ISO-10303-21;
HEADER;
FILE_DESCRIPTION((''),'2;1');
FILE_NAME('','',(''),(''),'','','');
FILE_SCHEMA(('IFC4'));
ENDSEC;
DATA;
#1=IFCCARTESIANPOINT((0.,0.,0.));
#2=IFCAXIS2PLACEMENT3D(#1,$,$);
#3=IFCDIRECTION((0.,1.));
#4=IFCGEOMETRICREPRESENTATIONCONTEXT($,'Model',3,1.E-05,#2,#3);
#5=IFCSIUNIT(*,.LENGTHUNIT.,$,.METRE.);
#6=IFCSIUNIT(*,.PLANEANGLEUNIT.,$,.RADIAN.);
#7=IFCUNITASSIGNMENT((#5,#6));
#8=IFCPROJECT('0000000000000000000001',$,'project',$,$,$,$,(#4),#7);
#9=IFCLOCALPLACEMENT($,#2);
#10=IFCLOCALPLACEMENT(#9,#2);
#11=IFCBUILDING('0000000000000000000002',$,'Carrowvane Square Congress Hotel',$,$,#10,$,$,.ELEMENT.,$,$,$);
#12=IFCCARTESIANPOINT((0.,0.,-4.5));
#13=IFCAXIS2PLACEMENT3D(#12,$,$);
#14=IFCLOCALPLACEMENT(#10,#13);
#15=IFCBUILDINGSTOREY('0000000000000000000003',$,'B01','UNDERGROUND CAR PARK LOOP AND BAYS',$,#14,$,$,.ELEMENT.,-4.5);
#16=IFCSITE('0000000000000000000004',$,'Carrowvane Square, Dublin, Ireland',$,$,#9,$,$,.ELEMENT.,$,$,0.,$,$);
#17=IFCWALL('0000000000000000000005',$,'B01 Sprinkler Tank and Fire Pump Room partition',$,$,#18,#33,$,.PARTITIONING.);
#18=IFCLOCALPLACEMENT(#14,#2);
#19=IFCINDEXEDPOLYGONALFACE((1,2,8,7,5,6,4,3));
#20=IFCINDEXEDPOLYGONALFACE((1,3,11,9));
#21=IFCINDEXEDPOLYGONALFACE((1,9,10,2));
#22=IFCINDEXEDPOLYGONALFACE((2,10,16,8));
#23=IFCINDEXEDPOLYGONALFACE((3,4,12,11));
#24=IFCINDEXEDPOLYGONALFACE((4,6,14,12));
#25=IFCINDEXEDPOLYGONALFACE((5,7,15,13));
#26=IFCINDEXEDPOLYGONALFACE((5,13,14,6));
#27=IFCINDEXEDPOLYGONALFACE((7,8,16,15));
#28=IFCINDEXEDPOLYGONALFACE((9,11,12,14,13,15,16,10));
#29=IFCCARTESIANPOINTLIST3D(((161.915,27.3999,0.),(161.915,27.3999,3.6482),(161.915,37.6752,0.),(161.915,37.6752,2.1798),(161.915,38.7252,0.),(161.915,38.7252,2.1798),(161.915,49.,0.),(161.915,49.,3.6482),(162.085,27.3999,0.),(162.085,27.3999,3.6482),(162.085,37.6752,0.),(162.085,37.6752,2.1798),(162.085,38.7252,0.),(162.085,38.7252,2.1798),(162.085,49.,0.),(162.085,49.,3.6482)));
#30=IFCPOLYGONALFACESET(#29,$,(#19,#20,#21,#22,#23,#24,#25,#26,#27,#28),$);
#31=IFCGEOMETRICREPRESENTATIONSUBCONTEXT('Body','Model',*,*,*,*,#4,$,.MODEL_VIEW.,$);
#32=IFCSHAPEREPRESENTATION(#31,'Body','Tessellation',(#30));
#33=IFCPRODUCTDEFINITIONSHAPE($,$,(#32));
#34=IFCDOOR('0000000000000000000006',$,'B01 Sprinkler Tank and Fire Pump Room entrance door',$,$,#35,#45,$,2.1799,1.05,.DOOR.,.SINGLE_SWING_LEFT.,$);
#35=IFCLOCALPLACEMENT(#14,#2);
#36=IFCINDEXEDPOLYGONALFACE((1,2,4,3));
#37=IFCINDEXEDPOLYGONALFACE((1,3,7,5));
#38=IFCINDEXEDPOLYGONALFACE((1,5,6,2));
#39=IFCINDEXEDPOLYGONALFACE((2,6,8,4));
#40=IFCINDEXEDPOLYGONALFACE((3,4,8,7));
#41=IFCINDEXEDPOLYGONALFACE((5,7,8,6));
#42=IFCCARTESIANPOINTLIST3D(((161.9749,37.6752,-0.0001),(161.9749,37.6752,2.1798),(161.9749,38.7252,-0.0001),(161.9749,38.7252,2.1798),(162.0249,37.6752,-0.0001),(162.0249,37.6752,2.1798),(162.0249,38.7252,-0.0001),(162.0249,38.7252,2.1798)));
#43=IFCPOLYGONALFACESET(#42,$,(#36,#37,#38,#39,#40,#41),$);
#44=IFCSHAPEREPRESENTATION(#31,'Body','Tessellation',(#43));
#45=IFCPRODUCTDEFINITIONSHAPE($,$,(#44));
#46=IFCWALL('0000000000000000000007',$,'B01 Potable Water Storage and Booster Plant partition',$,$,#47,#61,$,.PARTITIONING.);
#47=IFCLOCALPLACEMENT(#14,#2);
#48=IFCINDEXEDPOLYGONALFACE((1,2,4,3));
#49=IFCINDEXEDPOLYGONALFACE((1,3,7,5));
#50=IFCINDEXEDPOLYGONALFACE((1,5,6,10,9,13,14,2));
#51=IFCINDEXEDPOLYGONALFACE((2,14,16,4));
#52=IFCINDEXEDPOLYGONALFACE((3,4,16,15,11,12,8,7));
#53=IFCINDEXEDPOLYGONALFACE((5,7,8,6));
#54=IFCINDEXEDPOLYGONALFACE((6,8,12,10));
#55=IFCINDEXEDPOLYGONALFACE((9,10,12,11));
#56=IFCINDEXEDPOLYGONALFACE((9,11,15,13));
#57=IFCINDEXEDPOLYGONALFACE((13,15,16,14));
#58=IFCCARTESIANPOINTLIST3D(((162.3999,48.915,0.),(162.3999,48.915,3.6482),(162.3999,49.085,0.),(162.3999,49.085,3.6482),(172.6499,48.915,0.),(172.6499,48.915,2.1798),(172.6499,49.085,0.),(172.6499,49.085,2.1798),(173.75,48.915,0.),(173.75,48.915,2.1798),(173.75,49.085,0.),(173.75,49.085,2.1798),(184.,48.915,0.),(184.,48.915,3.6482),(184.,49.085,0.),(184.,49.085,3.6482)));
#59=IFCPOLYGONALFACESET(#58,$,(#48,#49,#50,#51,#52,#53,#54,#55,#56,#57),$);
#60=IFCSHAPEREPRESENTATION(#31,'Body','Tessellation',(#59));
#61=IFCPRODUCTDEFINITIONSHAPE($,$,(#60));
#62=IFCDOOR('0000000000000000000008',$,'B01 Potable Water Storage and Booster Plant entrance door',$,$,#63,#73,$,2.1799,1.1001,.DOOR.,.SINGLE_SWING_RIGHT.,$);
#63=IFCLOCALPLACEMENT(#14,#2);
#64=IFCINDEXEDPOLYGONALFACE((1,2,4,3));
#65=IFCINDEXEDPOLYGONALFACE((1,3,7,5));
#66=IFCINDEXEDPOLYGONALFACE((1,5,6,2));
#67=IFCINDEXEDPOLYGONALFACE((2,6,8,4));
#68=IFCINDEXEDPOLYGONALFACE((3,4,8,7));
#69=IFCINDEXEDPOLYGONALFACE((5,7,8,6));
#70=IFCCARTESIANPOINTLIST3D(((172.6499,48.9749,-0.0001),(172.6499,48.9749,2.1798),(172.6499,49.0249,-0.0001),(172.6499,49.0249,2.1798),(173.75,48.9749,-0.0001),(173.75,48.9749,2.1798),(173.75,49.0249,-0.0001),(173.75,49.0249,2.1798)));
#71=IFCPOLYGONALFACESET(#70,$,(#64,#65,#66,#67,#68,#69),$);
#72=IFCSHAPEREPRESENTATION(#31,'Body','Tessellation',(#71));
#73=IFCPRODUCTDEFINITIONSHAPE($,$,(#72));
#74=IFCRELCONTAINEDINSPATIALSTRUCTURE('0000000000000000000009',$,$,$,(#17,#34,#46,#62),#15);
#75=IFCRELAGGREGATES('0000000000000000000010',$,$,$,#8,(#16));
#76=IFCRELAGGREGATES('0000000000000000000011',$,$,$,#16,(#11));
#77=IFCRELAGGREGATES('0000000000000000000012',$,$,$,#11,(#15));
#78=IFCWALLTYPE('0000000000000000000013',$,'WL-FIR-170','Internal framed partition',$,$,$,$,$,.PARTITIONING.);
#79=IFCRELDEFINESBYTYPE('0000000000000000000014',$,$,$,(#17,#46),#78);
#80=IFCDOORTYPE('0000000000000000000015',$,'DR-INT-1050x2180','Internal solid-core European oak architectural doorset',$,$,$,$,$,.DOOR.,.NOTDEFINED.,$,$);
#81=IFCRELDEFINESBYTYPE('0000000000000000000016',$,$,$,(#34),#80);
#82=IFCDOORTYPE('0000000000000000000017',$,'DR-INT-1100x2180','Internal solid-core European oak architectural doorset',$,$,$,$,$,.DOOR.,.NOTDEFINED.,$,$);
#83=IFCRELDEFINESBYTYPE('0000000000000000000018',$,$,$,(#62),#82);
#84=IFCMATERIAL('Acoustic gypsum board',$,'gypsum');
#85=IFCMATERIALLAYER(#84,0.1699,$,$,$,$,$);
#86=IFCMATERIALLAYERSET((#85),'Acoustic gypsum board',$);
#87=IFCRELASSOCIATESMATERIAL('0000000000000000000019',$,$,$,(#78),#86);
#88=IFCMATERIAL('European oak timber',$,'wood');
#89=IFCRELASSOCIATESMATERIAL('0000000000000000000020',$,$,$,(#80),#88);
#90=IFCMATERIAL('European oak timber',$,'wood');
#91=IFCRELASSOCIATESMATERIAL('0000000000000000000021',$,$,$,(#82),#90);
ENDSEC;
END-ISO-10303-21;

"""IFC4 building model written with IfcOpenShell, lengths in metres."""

from ifc_helpers import new_model, si_unit, direction, frame, frame_2d, origin, place, context, subcontext, project, spatial, rectangle, extrude, material, layer, layer_set, type_object, element, fill, save


model = new_model("IFC4")

# Units and contexts
model_context = context("Model", 3, precision=1e-05, world=origin(), true_north=direction((0.0, 1.0)))
body_context = subcontext(model_context, "Body", "Model", "MODEL_VIEW")
ifc_project = project(units=[si_unit("LENGTHUNIT", "METRE"), si_unit("PLANEANGLEUNIT", "RADIAN")], contexts=[model_context])

# Site, building, storey
site_placement = place(None, origin())
site = spatial("IfcSite", under=ifc_project, at=site_placement, Name="Carrowvane Square, Dublin, Ireland", CompositionType="ELEMENT", RefElevation=0.0)
building_placement = place(site_placement, origin())
building = spatial("IfcBuilding", under=site, at=building_placement, Name="Carrowvane Square Congress Hotel", CompositionType="ELEMENT")
storey_placement = place(building_placement, frame((0.0, 0.0, -4.5)))
storey = spatial("IfcBuildingStorey", under=building, at=storey_placement, Name="B01", Description="UNDERGROUND CAR PARK LOOP AND BAYS", CompositionType="ELEMENT", Elevation=-4.5)

# Walls, openings, doors
ifc_material_1 = material(Name="Acoustic gypsum board", Category="gypsum")
ifc_layer = layer(ifc_material_1, 0.1699)
ifc_layer_set = layer_set([ifc_layer], Name="Acoustic gypsum board")
wall_type = type_object("IfcWallType", Name="WL-FIR-170", Description="Internal framed partition", PredefinedType="PARTITIONING", material=ifc_layer_set)
wall_1_placement = place(storey_placement, frame((162.0, 49.0, 0.0), z_axis=(0.0, 0.0, 1.0), x_axis=(0.0, -1.0, 0.0)))
wall_1 = element("IfcWall", 1, at=wall_1_placement, inside=storey, type_object=wall_type, Name="B01 Sprinkler Tank and Fire Pump Room partition", PredefinedType="PARTITIONING", context=body_context, shape_type="SweptSolid", body=[
    extrude(rectangle(XDim=21.6001, YDim=0.1699, at=frame_2d((10.8, 0.0))), origin(), (0.0, 0.0, 1.0), 3.6482),
])
opening_1_placement = place(wall_1_placement, frame((10.2749, 0.0, 0.0)))
opening_1 = element("IfcOpeningElement", 2, at=opening_1_placement, cuts=wall_1, PredefinedType="OPENING", context=body_context, shape_type="SweptSolid", body=[
    extrude(rectangle(XDim=1.05, YDim=2.1799, at=frame_2d((0.5249, 1.0898))), frame((0.0, 0.095, 0.0), z_axis=(0.0, -1.0, 0.0), x_axis=(1.0, 0.0, 0.0)), (0.0, 0.0, 1.0), 0.1899),
])
ifc_material_2 = material(Name="European oak timber", Category="wood")
door_type_1 = type_object("IfcDoorType", Name="DR-INT-1050x2180", Description="Internal solid-core European oak architectural doorset", OperationType="NOTDEFINED", PredefinedType="DOOR", material=ifc_material_2)
door_1_placement = place(opening_1_placement, origin())
door_1 = element("IfcDoor", 3, at=door_1_placement, inside=storey, type_object=door_type_1, Name="B01 Sprinkler Tank and Fire Pump Room entrance door", OperationType="SINGLE_SWING_LEFT", OverallHeight=2.1799, OverallWidth=1.05, PredefinedType="DOOR", context=body_context, shape_type="SweptSolid", body=[
    extrude(rectangle(XDim=1.05, YDim=2.1799, at=frame_2d((0.5249, 1.0898))), frame((0.0, 0.0249, 0.0), z_axis=(0.0, -1.0, 0.0), x_axis=(1.0, 0.0, 0.0)), (0.0, 0.0, 1.0), 0.05),
])
fill(opening_1, door_1)
wall_2_placement = place(storey_placement, frame((162.3999, 49.0, 0.0), z_axis=(0.0, 0.0, 1.0), x_axis=(1.0, 0.0, 0.0)))
wall_2 = element("IfcWall", 4, at=wall_2_placement, inside=storey, type_object=wall_type, Name="B01 Potable Water Storage and Booster Plant partition", PredefinedType="PARTITIONING", context=body_context, shape_type="SweptSolid", body=[
    extrude(rectangle(XDim=21.6001, YDim=0.1699, at=frame_2d((10.8, 0.0))), origin(), (0.0, 0.0, 1.0), 3.6482),
])
opening_2_placement = place(wall_2_placement, frame((10.25, 0.0, 0.0)))
opening_2 = element("IfcOpeningElement", 5, at=opening_2_placement, cuts=wall_2, PredefinedType="OPENING", context=body_context, shape_type="SweptSolid", body=[
    extrude(rectangle(XDim=1.1001, YDim=2.1799, at=frame_2d((0.55, 1.0898))), frame((0.0, 0.095, 0.0), z_axis=(0.0, -1.0, 0.0), x_axis=(1.0, 0.0, 0.0)), (0.0, 0.0, 1.0), 0.1899),
])
ifc_material_3 = material(Name="European oak timber", Category="wood")
door_type_2 = type_object("IfcDoorType", Name="DR-INT-1100x2180", Description="Internal solid-core European oak architectural doorset", OperationType="NOTDEFINED", PredefinedType="DOOR", material=ifc_material_3)
door_2_placement = place(opening_2_placement, origin())
door_2 = element("IfcDoor", 6, at=door_2_placement, inside=storey, type_object=door_type_2, Name="B01 Potable Water Storage and Booster Plant entrance door", OperationType="SINGLE_SWING_RIGHT", OverallHeight=2.1799, OverallWidth=1.1001, PredefinedType="DOOR", context=body_context, shape_type="SweptSolid", body=[
    extrude(rectangle(XDim=1.1001, YDim=2.1799, at=frame_2d((0.55, 1.0898))), frame((0.0, 0.0249, 0.0), z_axis=(0.0, -1.0, 0.0), x_axis=(1.0, 0.0, 0.0)), (0.0, 0.0, 1.0), 0.05),
])
fill(opening_2, door_2)

save(model, "model.ifc")
